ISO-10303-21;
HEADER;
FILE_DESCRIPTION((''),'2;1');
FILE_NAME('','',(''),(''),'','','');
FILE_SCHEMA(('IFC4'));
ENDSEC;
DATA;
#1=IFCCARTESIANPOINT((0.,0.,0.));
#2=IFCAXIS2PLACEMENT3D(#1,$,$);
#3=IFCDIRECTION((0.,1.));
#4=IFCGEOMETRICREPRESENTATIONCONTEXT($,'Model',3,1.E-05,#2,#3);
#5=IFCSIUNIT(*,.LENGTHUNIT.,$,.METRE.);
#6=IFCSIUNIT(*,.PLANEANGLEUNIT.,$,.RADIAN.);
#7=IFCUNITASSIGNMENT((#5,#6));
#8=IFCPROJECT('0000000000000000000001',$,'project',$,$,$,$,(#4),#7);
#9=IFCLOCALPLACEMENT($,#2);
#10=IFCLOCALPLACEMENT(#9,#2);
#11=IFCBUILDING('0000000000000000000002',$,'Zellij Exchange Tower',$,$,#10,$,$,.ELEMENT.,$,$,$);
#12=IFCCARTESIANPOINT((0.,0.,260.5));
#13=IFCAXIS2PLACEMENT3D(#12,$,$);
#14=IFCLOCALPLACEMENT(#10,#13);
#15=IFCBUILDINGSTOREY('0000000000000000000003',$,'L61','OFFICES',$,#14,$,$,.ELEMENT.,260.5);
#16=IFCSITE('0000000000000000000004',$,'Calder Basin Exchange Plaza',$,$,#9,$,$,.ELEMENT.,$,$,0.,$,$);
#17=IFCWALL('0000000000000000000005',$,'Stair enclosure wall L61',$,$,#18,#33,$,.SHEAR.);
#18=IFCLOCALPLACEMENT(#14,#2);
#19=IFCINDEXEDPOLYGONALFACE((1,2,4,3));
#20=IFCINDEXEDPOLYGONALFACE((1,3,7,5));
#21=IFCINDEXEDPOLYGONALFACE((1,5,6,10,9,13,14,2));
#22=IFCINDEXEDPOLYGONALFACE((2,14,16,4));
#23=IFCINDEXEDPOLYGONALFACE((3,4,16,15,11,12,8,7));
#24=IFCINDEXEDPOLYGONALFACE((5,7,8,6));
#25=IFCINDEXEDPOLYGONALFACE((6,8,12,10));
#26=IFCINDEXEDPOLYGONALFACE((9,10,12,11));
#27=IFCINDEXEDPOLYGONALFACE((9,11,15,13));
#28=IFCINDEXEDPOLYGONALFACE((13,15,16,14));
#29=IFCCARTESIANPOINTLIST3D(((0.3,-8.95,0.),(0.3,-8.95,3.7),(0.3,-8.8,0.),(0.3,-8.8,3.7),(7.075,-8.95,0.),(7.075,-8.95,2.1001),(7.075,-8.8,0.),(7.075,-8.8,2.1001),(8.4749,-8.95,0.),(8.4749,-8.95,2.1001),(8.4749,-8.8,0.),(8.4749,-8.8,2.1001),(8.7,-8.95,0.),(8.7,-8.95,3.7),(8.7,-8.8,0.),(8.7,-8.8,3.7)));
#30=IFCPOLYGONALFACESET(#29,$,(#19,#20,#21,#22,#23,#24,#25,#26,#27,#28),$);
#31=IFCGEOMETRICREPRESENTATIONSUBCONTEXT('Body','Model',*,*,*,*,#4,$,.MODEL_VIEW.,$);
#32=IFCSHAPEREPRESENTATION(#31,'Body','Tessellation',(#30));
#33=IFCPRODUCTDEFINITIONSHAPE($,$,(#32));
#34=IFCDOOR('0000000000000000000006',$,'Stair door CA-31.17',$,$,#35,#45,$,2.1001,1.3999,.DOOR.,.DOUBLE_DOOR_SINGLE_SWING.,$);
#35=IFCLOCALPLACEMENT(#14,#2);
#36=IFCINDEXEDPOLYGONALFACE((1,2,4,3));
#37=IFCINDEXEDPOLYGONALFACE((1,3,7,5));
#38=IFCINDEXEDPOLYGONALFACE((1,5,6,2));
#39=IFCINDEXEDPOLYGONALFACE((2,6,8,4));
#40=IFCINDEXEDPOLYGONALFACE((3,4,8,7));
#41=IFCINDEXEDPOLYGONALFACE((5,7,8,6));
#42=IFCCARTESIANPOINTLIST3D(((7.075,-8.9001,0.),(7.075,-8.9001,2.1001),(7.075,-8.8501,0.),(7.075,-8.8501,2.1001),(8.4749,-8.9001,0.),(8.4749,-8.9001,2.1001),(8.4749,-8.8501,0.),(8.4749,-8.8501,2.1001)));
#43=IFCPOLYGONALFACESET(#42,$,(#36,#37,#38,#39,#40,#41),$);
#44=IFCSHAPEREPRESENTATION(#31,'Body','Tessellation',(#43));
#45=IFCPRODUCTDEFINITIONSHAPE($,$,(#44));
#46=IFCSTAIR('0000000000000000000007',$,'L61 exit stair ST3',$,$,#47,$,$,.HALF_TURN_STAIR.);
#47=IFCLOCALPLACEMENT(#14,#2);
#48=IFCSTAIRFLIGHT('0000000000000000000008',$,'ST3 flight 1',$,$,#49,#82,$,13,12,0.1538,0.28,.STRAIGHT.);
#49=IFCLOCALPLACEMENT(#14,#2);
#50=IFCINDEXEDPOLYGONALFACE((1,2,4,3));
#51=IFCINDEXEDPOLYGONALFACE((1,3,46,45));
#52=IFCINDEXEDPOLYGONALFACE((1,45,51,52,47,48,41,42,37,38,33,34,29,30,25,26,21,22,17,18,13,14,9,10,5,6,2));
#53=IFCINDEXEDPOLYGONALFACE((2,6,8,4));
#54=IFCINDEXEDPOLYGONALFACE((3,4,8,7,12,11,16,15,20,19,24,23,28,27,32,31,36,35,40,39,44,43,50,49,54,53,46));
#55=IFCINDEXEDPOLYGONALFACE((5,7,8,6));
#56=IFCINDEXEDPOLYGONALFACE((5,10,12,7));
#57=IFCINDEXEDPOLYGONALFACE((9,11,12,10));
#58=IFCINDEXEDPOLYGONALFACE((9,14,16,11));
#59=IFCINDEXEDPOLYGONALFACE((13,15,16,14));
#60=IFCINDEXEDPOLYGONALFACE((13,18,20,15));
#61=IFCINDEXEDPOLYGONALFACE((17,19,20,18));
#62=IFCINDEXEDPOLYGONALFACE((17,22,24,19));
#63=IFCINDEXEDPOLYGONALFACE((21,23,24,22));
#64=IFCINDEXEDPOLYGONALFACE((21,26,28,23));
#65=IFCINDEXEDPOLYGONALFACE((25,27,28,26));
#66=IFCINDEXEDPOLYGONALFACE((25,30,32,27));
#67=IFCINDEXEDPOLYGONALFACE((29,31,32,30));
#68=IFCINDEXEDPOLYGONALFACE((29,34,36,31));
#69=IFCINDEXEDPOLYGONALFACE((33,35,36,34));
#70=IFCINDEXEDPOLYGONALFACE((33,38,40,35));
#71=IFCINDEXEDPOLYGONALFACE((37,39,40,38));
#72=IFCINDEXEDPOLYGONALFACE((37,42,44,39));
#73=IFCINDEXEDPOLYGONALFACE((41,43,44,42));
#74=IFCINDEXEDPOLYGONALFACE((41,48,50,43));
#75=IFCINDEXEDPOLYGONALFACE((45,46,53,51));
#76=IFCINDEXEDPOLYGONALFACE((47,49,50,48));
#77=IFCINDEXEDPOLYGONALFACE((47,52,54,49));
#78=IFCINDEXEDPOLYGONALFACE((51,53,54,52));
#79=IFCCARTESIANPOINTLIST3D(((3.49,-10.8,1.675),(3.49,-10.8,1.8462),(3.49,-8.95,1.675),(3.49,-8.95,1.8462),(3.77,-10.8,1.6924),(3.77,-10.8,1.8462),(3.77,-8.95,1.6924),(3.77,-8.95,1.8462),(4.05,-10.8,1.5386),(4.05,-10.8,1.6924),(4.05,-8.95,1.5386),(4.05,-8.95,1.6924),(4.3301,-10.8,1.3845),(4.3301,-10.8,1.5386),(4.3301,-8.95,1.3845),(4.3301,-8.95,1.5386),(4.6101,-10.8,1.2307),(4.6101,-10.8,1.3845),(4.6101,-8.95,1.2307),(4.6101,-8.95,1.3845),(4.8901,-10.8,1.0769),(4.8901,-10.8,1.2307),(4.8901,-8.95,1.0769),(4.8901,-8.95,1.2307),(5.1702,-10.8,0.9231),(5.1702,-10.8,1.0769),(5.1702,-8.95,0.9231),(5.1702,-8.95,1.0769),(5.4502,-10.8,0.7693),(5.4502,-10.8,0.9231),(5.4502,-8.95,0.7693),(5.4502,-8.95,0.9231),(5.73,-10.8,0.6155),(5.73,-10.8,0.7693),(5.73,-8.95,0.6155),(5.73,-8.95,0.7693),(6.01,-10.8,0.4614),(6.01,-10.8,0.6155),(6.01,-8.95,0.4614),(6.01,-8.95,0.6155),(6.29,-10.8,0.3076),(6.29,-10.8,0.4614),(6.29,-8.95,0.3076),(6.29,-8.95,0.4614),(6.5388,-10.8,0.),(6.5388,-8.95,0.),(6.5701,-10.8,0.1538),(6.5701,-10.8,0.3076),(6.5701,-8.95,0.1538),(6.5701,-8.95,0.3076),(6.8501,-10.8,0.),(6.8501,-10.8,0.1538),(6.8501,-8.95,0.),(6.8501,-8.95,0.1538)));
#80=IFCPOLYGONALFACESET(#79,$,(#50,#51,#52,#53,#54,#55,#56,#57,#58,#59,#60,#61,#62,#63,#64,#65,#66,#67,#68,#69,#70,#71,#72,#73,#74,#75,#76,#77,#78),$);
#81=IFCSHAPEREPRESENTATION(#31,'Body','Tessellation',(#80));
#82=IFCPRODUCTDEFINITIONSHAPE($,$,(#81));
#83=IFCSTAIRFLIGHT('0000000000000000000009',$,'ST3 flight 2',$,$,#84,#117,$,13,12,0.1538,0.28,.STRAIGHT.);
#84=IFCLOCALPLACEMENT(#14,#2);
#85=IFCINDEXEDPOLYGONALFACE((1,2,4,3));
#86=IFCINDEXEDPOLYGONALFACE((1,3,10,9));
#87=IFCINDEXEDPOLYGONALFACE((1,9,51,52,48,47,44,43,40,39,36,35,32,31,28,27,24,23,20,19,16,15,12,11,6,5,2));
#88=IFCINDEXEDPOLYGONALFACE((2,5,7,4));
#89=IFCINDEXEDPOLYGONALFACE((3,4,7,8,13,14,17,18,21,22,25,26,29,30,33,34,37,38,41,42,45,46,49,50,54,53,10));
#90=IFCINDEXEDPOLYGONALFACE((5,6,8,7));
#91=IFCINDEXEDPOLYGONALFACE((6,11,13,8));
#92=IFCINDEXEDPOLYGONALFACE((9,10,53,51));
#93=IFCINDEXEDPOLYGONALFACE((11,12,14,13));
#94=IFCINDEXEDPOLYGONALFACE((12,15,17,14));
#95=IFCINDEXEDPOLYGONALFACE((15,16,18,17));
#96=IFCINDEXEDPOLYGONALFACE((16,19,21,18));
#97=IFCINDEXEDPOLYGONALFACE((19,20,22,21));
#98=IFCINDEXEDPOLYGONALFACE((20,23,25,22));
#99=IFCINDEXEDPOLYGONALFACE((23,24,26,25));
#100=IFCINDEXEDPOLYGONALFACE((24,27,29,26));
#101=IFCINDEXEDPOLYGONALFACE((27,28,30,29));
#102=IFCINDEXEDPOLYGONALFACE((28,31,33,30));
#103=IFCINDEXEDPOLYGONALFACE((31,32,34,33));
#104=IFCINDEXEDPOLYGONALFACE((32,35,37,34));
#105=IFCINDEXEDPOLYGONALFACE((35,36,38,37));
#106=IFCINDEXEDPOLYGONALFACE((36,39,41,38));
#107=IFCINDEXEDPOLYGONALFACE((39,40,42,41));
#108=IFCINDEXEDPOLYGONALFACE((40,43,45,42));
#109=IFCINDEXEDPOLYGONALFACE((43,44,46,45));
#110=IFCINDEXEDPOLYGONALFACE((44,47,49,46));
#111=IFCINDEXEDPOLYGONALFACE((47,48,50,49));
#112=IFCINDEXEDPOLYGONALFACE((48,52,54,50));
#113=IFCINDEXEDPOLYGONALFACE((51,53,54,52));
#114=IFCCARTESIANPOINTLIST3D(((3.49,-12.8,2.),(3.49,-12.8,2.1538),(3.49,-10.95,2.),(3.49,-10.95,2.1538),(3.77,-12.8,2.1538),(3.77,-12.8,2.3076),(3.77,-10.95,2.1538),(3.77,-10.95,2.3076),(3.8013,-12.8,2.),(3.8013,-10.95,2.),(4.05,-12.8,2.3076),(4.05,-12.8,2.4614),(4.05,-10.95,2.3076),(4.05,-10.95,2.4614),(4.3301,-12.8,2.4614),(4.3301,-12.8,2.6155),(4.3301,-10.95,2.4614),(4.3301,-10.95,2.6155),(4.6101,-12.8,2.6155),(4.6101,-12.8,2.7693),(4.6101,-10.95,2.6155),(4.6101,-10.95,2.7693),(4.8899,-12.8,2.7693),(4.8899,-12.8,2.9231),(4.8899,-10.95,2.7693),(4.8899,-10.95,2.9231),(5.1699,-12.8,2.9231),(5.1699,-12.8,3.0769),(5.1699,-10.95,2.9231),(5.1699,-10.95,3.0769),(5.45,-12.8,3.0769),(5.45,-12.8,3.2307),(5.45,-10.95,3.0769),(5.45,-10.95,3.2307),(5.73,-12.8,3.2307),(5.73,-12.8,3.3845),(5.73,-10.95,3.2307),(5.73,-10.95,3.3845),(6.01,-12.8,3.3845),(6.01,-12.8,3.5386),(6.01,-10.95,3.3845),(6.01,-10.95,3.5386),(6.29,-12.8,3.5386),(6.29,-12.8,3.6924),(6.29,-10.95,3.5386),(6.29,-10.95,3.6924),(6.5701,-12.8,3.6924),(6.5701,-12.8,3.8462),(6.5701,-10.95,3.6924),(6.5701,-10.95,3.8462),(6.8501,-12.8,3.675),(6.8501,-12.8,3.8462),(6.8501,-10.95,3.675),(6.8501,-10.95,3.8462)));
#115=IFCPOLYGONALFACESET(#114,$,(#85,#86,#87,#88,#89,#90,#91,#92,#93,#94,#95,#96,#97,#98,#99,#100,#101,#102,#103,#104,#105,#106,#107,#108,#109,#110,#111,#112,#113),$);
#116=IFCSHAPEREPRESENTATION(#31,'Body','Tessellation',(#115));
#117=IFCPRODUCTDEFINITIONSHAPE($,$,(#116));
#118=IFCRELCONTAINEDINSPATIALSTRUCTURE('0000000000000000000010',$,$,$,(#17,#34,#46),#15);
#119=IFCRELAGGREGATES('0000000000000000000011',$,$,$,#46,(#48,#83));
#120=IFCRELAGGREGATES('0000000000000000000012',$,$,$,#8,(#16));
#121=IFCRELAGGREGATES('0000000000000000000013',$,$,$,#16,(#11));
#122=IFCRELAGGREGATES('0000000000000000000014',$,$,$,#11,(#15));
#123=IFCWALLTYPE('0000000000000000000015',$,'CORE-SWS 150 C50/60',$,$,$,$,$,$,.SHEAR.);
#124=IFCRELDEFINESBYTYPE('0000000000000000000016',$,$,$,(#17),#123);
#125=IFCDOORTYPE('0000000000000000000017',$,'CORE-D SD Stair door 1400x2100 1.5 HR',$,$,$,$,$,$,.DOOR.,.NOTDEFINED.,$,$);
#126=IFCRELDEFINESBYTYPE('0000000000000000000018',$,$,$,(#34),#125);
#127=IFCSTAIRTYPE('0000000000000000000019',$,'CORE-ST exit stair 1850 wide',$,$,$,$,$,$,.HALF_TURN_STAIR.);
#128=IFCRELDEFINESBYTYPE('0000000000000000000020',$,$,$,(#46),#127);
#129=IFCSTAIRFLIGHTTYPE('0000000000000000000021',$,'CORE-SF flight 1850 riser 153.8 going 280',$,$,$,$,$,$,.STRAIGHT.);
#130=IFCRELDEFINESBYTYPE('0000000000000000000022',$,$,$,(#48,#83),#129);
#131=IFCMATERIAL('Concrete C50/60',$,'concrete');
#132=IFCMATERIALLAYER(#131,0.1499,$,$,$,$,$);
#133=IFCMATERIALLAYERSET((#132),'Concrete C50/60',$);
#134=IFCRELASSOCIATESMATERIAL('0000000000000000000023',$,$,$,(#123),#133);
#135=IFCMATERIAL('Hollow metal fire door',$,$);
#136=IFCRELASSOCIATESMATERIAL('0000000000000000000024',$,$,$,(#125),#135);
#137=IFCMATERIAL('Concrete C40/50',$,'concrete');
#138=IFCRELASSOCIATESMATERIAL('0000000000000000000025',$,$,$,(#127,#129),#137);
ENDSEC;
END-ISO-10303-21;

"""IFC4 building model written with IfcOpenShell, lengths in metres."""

from ifc_helpers import new_model, si_unit, direction, frame, frame_2d, origin, place, context, subcontext, project, spatial, polyline, rectangle, outline, extrude, material, layer, layer_set, type_object, element, fill, aggregate, save


model = new_model("IFC4")

# Units and contexts
model_context = context("Model", 3, precision=1e-05, world=origin(), true_north=direction((0.0, 1.0)))
body_context = subcontext(model_context, "Body", "Model", "MODEL_VIEW")
ifc_project = project(units=[si_unit("LENGTHUNIT", "METRE"), si_unit("PLANEANGLEUNIT", "RADIAN")], contexts=[model_context])

# Site, building, storey
site_placement = place(None, origin())
site = spatial("IfcSite", under=ifc_project, at=site_placement, Name="Calder Basin Exchange Plaza", CompositionType="ELEMENT", RefElevation=0.0)
building_placement = place(site_placement, origin())
building = spatial("IfcBuilding", under=site, at=building_placement, Name="Zellij Exchange Tower", CompositionType="ELEMENT")
storey_placement = place(building_placement, frame((0.0, 0.0, 260.5)))
storey = spatial("IfcBuildingStorey", under=building, at=storey_placement, Name="L61", Description="OFFICES", CompositionType="ELEMENT", Elevation=260.5)

# Shared definitions
ifc_material_1 = material(Name="Concrete C50/60", Category="concrete")

# Shared definitions
ifc_material_2 = material(Name="Hollow metal fire door")

# Wall, opening, door
ifc_layer_1 = layer(ifc_material_1, 0.1499)
ifc_layer_set_1 = layer_set([ifc_layer_1], Name="Concrete C50/60")
wall_type_1 = type_object("IfcWallType", Name="CORE-SWS 150 C50/60", PredefinedType="SHEAR", material=ifc_layer_set_1)
wall_1_placement = place(storey_placement, frame((0.3, -8.875, 0.0), z_axis=(0.0, 0.0, 1.0), x_axis=(1.0, 0.0, 0.0)))
wall_1 = element("IfcWall", 1, at=wall_1_placement, inside=storey, type_object=wall_type_1, Name="Stair enclosure wall L61", PredefinedType="SHEAR", context=body_context, shape_type="SweptSolid", body=[
    extrude(rectangle(XDim=8.3999, YDim=0.1499, at=frame_2d((4.2, 0.0))), origin(), (0.0, 0.0, 1.0), 3.7),
])
opening_1_placement = place(wall_1_placement, frame((6.7749, 0.0, 0.0)))
opening_1 = element("IfcOpeningElement", 2, at=opening_1_placement, cuts=wall_1, PredefinedType="OPENING", context=body_context, shape_type="SweptSolid", body=[
    extrude(rectangle(XDim=1.3999, YDim=2.1001, at=frame_2d((0.7, 1.05))), frame((0.0, 0.0869, 0.0), z_axis=(0.0, -1.0, 0.0), x_axis=(1.0, 0.0, 0.0)), (0.0, 0.0, 1.0), 0.1738),
])
door_type_1 = type_object("IfcDoorType", Name="CORE-D SD Stair door 1400x2100 1.5 HR", OperationType="NOTDEFINED", PredefinedType="DOOR", material=ifc_material_2)
door_1_placement = place(opening_1_placement, origin())
door_1 = element("IfcDoor", 3, at=door_1_placement, inside=storey, type_object=door_type_1, Name="Stair door CA-31.17", OperationType="DOUBLE_DOOR_SINGLE_SWING", OverallHeight=2.1001, OverallWidth=1.3999, PredefinedType="DOOR", context=body_context, shape_type="SweptSolid", body=[
    extrude(rectangle(XDim=1.3999, YDim=2.1001, at=frame_2d((0.7, 1.05))), frame((0.0, 0.0249, 0.0), z_axis=(0.0, -1.0, 0.0), x_axis=(1.0, 0.0, 0.0)), (0.0, 0.0, 1.0), 0.05),
])
fill(opening_1, door_1)

# Stair, stair flights
ifc_material_3 = material(Name="Concrete C40/50", Category="concrete")
stair_type = type_object("IfcStairType", Name="CORE-ST exit stair 1850 wide", PredefinedType="HALF_TURN_STAIR", material=ifc_material_3)
stair_placement = place(storey_placement, origin())
stair = element("IfcStair", 4, at=stair_placement, inside=storey, type_object=stair_type, Name="L61 exit stair ST3", PredefinedType="HALF_TURN_STAIR")
stair_flight_type = type_object("IfcStairFlightType", Name="CORE-SF flight 1850 riser 153.8 going 280", PredefinedType="STRAIGHT", material=ifc_material_3)
stair_flight_1_placement = place(storey_placement, frame((6.8501, -9.875, 0.0), z_axis=(0.0, 0.0, 1.0), x_axis=(-1.0, 0.0, 0.0)))
stair_flight_1 = element("IfcStairFlight", 5, at=stair_flight_1_placement, type_object=stair_flight_type, Name="ST3 flight 1", NumberOfRisers=13, NumberOfTreads=12, PredefinedType="STRAIGHT", RiserHeight=0.1538, TreadLength=0.28, context=body_context, shape_type="SweptSolid", body=[
    extrude(outline(polyline([(0.0, 0.0), (0.0, 0.1538), (0.28, 0.1538), (0.28, 0.3076), (0.5601, 0.3076), (0.5601, 0.4614), (0.8401, 0.4614), (0.8401, 0.6155), (1.1201, 0.6155), (1.1201, 0.7693), (1.3999, 0.7693), (1.3999, 0.9231), (1.6799, 0.9231), (1.6799, 1.0769), (1.96, 1.0769), (1.96, 1.2307), (2.24, 1.2307), (2.24, 1.3845), (2.52, 1.3845), (2.52, 1.5386), (2.8, 1.5386), (2.8, 1.6924), (3.0801, 1.6924), (3.0801, 1.8462), (3.3601, 1.8462), (3.3601, 2.0), (3.3601, 1.675), (0.3113, 0.0), (0.0, 0.0)])), frame((0.0, 0.925, 0.0), z_axis=(0.0, -1.0, 0.0), x_axis=(1.0, 0.0, 0.0)), (0.0, 0.0, 1.0), 1.8501),
])
stair_flight_2_placement = place(storey_placement, frame((3.49, -11.875, 2.0), z_axis=(0.0, 0.0, 1.0), x_axis=(1.0, 0.0, 0.0)))
stair_flight_2 = element("IfcStairFlight", 6, at=stair_flight_2_placement, type_object=stair_flight_type, Name="ST3 flight 2", NumberOfRisers=13, NumberOfTreads=12, PredefinedType="STRAIGHT", RiserHeight=0.1538, TreadLength=0.28, context=body_context, shape_type="SweptSolid", body=[
    extrude(outline(polyline([(0.0, 0.0), (0.0, 0.1538), (0.28, 0.1538), (0.28, 0.3076), (0.5601, 0.3076), (0.5601, 0.4614), (0.8401, 0.4614), (0.8401, 0.6155), (1.1201, 0.6155), (1.1201, 0.7693), (1.3999, 0.7693), (1.3999, 0.9231), (1.6799, 0.9231), (1.6799, 1.0769), (1.96, 1.0769), (1.96, 1.2307), (2.24, 1.2307), (2.24, 1.3845), (2.52, 1.3845), (2.52, 1.5386), (2.8, 1.5386), (2.8, 1.6924), (3.0801, 1.6924), (3.0801, 1.8462), (3.3601, 1.8462), (3.3601, 2.0), (3.3601, 1.675), (0.3113, 0.0), (0.0, 0.0)])), frame((0.0, 0.925, 0.0), z_axis=(0.0, -1.0, 0.0), x_axis=(1.0, 0.0, 0.0)), (0.0, 0.0, 1.0), 1.8501),
])
aggregate(stair, [stair_flight_1, stair_flight_2])

save(model, "model.ifc")
